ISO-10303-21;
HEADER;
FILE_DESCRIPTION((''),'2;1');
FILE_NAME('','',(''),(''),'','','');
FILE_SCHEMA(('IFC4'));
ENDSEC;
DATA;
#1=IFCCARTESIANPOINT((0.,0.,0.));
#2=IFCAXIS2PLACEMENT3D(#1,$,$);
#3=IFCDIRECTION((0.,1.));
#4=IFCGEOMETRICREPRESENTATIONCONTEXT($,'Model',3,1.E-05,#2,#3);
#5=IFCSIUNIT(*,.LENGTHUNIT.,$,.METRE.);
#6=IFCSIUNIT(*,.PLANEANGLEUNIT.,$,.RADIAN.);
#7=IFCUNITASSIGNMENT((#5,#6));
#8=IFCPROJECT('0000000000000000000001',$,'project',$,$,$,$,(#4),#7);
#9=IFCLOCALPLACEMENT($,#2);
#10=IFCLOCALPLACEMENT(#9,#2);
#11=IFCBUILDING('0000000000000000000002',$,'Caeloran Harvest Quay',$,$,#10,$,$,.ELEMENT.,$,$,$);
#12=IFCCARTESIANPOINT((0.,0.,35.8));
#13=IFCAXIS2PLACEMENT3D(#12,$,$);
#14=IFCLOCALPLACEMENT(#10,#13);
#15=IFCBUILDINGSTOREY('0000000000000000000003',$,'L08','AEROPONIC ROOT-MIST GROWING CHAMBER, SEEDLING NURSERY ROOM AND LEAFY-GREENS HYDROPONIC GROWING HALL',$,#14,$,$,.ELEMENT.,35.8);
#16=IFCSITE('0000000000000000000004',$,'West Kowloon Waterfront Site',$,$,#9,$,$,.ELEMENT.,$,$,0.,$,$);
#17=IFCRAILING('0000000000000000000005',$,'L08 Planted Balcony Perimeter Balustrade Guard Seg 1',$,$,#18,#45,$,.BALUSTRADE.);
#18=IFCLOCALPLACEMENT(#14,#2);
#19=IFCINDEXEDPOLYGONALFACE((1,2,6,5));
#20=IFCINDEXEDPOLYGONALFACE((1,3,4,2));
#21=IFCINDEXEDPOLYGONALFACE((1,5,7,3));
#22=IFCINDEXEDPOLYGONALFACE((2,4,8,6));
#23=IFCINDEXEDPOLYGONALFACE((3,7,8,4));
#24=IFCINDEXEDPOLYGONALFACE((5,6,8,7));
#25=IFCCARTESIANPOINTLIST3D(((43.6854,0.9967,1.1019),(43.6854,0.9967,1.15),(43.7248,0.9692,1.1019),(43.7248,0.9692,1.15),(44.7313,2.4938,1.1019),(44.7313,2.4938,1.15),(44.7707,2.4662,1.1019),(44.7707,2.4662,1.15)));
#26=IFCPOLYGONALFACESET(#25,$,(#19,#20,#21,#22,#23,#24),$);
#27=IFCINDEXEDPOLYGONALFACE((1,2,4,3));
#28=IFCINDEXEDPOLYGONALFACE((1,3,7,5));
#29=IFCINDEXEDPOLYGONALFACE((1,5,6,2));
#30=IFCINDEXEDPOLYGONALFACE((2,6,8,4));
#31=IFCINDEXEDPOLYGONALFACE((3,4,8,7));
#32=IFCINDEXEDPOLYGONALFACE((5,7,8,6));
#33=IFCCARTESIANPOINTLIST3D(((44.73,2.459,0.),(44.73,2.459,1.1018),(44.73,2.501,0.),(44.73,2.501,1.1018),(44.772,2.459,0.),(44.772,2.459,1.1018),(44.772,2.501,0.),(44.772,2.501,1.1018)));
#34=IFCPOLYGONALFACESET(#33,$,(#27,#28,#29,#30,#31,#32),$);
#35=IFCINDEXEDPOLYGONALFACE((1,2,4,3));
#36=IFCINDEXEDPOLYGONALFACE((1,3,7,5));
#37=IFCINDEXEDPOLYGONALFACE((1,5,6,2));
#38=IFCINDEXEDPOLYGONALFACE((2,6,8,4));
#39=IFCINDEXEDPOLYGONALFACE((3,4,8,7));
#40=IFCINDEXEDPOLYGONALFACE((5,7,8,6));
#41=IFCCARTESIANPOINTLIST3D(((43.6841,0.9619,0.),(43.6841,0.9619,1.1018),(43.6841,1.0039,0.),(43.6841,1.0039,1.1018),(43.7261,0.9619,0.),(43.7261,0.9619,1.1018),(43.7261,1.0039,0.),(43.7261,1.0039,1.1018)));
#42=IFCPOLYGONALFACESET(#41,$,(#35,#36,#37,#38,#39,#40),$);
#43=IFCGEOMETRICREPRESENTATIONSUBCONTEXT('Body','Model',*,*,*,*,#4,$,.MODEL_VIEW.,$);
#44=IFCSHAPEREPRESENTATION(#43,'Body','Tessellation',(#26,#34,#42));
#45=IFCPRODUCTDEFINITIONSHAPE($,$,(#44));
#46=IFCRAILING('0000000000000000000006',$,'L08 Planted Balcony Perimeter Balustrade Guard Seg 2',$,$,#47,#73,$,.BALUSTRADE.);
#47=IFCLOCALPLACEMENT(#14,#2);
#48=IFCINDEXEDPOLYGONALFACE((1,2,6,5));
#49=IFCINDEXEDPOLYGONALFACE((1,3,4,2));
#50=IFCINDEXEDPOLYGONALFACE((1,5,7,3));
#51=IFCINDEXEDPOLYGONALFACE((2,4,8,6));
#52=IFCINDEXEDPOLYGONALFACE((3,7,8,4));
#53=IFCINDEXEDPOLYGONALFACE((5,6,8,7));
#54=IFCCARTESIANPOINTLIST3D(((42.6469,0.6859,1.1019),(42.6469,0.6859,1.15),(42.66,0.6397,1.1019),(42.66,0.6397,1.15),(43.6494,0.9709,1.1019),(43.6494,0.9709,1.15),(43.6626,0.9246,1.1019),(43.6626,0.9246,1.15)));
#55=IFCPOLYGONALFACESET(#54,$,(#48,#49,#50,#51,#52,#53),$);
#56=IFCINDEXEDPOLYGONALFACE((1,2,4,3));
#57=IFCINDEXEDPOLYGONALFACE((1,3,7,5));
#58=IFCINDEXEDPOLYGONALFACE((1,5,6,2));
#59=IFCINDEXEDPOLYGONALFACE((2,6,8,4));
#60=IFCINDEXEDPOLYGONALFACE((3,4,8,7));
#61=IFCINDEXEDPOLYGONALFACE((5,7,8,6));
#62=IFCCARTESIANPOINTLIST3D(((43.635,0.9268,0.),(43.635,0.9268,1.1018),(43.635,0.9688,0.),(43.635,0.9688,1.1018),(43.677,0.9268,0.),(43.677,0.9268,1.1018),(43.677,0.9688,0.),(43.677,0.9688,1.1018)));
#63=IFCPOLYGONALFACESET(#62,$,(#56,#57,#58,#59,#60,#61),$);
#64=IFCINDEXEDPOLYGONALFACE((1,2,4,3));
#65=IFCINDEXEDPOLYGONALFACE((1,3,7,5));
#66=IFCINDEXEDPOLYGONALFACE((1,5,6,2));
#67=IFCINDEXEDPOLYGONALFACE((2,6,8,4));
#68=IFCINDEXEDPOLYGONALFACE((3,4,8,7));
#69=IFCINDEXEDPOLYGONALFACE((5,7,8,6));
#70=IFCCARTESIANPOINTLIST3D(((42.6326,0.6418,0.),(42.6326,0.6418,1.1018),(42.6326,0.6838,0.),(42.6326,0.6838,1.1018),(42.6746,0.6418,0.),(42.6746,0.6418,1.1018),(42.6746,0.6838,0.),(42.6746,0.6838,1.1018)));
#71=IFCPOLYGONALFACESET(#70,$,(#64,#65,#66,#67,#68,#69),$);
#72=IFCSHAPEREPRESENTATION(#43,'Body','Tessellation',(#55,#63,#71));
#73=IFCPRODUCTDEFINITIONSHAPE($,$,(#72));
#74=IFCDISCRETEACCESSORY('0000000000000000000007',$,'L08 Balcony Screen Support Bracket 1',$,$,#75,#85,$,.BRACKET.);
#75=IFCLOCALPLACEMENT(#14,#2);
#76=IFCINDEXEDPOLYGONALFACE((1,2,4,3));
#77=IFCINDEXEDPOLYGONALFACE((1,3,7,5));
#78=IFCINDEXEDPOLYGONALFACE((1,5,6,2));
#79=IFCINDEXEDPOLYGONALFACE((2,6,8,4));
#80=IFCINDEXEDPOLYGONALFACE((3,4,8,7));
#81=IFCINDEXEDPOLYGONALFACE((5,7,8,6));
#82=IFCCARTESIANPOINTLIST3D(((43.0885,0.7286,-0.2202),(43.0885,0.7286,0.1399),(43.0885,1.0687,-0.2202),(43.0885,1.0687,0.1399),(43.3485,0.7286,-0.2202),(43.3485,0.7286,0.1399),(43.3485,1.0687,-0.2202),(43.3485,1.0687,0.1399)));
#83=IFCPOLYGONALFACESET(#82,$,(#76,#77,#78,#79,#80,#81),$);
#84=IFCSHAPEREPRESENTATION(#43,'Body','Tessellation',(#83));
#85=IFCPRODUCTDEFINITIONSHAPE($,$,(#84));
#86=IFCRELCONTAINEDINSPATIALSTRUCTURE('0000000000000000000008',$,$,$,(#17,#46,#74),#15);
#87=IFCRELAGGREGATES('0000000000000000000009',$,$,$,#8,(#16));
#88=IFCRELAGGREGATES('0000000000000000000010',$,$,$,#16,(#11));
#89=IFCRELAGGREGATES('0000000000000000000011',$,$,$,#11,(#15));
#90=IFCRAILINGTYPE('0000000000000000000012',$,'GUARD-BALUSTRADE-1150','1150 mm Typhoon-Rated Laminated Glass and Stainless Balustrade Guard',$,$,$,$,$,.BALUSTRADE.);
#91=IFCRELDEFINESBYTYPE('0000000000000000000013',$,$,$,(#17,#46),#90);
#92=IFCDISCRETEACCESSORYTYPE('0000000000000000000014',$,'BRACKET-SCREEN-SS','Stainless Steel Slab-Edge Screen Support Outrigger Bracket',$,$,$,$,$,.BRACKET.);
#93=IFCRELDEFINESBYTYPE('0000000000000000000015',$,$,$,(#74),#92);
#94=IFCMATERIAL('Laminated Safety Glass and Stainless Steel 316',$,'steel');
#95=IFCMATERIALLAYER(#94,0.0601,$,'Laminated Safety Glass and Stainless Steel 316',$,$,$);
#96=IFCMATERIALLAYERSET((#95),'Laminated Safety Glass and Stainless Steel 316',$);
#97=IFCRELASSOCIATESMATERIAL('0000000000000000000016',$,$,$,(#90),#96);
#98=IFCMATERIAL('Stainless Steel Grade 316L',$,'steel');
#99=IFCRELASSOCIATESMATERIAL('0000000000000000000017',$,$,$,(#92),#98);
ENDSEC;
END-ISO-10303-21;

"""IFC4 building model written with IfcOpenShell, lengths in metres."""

from ifc_helpers import new_model, si_unit, direction, frame, origin, origin_2d, place, context, subcontext, project, spatial, rectangle, extrude, material, layer, layer_set, type_object, element, save


model = new_model("IFC4")

# Units and contexts
model_context = context("Model", 3, precision=1e-05, world=origin(), true_north=direction((0.0, 1.0)))
body_context = subcontext(model_context, "Body", "Model", "MODEL_VIEW")
ifc_project = project(units=[si_unit("LENGTHUNIT", "METRE"), si_unit("PLANEANGLEUNIT", "RADIAN")], contexts=[model_context])

# Site, building, storey
site_placement = place(None, origin())
site = spatial("IfcSite", under=ifc_project, at=site_placement, Name="West Kowloon Waterfront Site", CompositionType="ELEMENT", RefElevation=0.0)
building_placement = place(site_placement, origin())
building = spatial("IfcBuilding", under=site, at=building_placement, Name="Caeloran Harvest Quay", CompositionType="ELEMENT")
storey_placement = place(building_placement, frame((0.0, 0.0, 35.8)))
storey = spatial("IfcBuildingStorey", under=building, at=storey_placement, Name="L08", Description="AEROPONIC ROOT-MIST GROWING CHAMBER, SEEDLING NURSERY ROOM AND LEAFY-GREENS HYDROPONIC GROWING HALL", CompositionType="ELEMENT", Elevation=35.8)

# Railings
ifc_material_1 = material(Name="Laminated Safety Glass and Stainless Steel 316", Category="steel")
ifc_layer_1 = layer(ifc_material_1, 0.0601, Name="Laminated Safety Glass and Stainless Steel 316")
ifc_layer_set_1 = layer_set([ifc_layer_1], Name="Laminated Safety Glass and Stainless Steel 316")
railing_type = type_object("IfcRailingType", Name="GUARD-BALUSTRADE-1150", Description="1150 mm Typhoon-Rated Laminated Glass and Stainless Balustrade Guard", PredefinedType="BALUSTRADE", material=ifc_layer_set_1)
railing_1_placement = place(storey_placement, frame((44.751, 2.48, 0.0)))
element("IfcRailing", 1, at=railing_1_placement, inside=storey, type_object=railing_type, Name="L08 Planted Balcony Perimeter Balustrade Guard Seg 1", PredefinedType="BALUSTRADE", context=body_context, shape_type="SweptSolid", body=[
    extrude(rectangle(XDim=0.0481, YDim=0.0481, at=origin_2d()), frame((0.0, 0.0, 1.126), z_axis=(-0.572708, -0.819759, 0.0), x_axis=(0.819759, -0.572708, 0.0)), (0.0, 0.0, 1.0), 1.8262),
    extrude(rectangle(XDim=0.042, YDim=0.042, at=origin_2d()), origin(), (0.0, 0.0, 1.0), 1.1018),
    extrude(rectangle(XDim=0.042, YDim=0.042, at=origin_2d()), frame((-1.0459, -1.4971, 0.0)), (0.0, 0.0, 1.0), 1.1018),
])
railing_2_placement = place(storey_placement, frame((43.656, 0.9478, 0.0)))
element("IfcRailing", 2, at=railing_2_placement, inside=storey, type_object=railing_type, Name="L08 Planted Balcony Perimeter Balustrade Guard Seg 2", PredefinedType="BALUSTRADE", context=body_context, shape_type="SweptSolid", body=[
    extrude(rectangle(XDim=0.0481, YDim=0.0481, at=origin_2d()), frame((0.0, 0.0, 1.126), z_axis=(-0.961903, -0.27339, 0.0), x_axis=(0.27339, -0.961903, 0.0)), (0.0, 0.0, 1.0), 1.0422),
    extrude(rectangle(XDim=0.042, YDim=0.042, at=origin_2d()), origin(), (0.0, 0.0, 1.0), 1.1018),
    extrude(rectangle(XDim=0.042, YDim=0.042, at=origin_2d()), frame((-1.0024, -0.2849, 0.0)), (0.0, 0.0, 1.0), 1.1018),
])

# Discrete accessory
ifc_material_2 = material(Name="Stainless Steel Grade 316L", Category="steel")
discrete_accessory_type = type_object("IfcDiscreteAccessoryType", Name="BRACKET-SCREEN-SS", Description="Stainless Steel Slab-Edge Screen Support Outrigger Bracket", PredefinedType="BRACKET", material=ifc_material_2)
discrete_accessory_placement = place(storey_placement, frame((43.2185, 0.8987, -0.2202), z_axis=(0.0, 0.0, 1.0), x_axis=(1.0, 0.0, 0.0)))
element("IfcDiscreteAccessory", 3, at=discrete_accessory_placement, inside=storey, type_object=discrete_accessory_type, Name="L08 Balcony Screen Support Bracket 1", PredefinedType="BRACKET", context=body_context, shape_type="SweptSolid", body=[
    extrude(rectangle(XDim=0.26, YDim=0.3401, at=origin_2d()), origin(), (0.0, 0.0, 1.0), 0.3601),
])

save(model, "model.ifc")
